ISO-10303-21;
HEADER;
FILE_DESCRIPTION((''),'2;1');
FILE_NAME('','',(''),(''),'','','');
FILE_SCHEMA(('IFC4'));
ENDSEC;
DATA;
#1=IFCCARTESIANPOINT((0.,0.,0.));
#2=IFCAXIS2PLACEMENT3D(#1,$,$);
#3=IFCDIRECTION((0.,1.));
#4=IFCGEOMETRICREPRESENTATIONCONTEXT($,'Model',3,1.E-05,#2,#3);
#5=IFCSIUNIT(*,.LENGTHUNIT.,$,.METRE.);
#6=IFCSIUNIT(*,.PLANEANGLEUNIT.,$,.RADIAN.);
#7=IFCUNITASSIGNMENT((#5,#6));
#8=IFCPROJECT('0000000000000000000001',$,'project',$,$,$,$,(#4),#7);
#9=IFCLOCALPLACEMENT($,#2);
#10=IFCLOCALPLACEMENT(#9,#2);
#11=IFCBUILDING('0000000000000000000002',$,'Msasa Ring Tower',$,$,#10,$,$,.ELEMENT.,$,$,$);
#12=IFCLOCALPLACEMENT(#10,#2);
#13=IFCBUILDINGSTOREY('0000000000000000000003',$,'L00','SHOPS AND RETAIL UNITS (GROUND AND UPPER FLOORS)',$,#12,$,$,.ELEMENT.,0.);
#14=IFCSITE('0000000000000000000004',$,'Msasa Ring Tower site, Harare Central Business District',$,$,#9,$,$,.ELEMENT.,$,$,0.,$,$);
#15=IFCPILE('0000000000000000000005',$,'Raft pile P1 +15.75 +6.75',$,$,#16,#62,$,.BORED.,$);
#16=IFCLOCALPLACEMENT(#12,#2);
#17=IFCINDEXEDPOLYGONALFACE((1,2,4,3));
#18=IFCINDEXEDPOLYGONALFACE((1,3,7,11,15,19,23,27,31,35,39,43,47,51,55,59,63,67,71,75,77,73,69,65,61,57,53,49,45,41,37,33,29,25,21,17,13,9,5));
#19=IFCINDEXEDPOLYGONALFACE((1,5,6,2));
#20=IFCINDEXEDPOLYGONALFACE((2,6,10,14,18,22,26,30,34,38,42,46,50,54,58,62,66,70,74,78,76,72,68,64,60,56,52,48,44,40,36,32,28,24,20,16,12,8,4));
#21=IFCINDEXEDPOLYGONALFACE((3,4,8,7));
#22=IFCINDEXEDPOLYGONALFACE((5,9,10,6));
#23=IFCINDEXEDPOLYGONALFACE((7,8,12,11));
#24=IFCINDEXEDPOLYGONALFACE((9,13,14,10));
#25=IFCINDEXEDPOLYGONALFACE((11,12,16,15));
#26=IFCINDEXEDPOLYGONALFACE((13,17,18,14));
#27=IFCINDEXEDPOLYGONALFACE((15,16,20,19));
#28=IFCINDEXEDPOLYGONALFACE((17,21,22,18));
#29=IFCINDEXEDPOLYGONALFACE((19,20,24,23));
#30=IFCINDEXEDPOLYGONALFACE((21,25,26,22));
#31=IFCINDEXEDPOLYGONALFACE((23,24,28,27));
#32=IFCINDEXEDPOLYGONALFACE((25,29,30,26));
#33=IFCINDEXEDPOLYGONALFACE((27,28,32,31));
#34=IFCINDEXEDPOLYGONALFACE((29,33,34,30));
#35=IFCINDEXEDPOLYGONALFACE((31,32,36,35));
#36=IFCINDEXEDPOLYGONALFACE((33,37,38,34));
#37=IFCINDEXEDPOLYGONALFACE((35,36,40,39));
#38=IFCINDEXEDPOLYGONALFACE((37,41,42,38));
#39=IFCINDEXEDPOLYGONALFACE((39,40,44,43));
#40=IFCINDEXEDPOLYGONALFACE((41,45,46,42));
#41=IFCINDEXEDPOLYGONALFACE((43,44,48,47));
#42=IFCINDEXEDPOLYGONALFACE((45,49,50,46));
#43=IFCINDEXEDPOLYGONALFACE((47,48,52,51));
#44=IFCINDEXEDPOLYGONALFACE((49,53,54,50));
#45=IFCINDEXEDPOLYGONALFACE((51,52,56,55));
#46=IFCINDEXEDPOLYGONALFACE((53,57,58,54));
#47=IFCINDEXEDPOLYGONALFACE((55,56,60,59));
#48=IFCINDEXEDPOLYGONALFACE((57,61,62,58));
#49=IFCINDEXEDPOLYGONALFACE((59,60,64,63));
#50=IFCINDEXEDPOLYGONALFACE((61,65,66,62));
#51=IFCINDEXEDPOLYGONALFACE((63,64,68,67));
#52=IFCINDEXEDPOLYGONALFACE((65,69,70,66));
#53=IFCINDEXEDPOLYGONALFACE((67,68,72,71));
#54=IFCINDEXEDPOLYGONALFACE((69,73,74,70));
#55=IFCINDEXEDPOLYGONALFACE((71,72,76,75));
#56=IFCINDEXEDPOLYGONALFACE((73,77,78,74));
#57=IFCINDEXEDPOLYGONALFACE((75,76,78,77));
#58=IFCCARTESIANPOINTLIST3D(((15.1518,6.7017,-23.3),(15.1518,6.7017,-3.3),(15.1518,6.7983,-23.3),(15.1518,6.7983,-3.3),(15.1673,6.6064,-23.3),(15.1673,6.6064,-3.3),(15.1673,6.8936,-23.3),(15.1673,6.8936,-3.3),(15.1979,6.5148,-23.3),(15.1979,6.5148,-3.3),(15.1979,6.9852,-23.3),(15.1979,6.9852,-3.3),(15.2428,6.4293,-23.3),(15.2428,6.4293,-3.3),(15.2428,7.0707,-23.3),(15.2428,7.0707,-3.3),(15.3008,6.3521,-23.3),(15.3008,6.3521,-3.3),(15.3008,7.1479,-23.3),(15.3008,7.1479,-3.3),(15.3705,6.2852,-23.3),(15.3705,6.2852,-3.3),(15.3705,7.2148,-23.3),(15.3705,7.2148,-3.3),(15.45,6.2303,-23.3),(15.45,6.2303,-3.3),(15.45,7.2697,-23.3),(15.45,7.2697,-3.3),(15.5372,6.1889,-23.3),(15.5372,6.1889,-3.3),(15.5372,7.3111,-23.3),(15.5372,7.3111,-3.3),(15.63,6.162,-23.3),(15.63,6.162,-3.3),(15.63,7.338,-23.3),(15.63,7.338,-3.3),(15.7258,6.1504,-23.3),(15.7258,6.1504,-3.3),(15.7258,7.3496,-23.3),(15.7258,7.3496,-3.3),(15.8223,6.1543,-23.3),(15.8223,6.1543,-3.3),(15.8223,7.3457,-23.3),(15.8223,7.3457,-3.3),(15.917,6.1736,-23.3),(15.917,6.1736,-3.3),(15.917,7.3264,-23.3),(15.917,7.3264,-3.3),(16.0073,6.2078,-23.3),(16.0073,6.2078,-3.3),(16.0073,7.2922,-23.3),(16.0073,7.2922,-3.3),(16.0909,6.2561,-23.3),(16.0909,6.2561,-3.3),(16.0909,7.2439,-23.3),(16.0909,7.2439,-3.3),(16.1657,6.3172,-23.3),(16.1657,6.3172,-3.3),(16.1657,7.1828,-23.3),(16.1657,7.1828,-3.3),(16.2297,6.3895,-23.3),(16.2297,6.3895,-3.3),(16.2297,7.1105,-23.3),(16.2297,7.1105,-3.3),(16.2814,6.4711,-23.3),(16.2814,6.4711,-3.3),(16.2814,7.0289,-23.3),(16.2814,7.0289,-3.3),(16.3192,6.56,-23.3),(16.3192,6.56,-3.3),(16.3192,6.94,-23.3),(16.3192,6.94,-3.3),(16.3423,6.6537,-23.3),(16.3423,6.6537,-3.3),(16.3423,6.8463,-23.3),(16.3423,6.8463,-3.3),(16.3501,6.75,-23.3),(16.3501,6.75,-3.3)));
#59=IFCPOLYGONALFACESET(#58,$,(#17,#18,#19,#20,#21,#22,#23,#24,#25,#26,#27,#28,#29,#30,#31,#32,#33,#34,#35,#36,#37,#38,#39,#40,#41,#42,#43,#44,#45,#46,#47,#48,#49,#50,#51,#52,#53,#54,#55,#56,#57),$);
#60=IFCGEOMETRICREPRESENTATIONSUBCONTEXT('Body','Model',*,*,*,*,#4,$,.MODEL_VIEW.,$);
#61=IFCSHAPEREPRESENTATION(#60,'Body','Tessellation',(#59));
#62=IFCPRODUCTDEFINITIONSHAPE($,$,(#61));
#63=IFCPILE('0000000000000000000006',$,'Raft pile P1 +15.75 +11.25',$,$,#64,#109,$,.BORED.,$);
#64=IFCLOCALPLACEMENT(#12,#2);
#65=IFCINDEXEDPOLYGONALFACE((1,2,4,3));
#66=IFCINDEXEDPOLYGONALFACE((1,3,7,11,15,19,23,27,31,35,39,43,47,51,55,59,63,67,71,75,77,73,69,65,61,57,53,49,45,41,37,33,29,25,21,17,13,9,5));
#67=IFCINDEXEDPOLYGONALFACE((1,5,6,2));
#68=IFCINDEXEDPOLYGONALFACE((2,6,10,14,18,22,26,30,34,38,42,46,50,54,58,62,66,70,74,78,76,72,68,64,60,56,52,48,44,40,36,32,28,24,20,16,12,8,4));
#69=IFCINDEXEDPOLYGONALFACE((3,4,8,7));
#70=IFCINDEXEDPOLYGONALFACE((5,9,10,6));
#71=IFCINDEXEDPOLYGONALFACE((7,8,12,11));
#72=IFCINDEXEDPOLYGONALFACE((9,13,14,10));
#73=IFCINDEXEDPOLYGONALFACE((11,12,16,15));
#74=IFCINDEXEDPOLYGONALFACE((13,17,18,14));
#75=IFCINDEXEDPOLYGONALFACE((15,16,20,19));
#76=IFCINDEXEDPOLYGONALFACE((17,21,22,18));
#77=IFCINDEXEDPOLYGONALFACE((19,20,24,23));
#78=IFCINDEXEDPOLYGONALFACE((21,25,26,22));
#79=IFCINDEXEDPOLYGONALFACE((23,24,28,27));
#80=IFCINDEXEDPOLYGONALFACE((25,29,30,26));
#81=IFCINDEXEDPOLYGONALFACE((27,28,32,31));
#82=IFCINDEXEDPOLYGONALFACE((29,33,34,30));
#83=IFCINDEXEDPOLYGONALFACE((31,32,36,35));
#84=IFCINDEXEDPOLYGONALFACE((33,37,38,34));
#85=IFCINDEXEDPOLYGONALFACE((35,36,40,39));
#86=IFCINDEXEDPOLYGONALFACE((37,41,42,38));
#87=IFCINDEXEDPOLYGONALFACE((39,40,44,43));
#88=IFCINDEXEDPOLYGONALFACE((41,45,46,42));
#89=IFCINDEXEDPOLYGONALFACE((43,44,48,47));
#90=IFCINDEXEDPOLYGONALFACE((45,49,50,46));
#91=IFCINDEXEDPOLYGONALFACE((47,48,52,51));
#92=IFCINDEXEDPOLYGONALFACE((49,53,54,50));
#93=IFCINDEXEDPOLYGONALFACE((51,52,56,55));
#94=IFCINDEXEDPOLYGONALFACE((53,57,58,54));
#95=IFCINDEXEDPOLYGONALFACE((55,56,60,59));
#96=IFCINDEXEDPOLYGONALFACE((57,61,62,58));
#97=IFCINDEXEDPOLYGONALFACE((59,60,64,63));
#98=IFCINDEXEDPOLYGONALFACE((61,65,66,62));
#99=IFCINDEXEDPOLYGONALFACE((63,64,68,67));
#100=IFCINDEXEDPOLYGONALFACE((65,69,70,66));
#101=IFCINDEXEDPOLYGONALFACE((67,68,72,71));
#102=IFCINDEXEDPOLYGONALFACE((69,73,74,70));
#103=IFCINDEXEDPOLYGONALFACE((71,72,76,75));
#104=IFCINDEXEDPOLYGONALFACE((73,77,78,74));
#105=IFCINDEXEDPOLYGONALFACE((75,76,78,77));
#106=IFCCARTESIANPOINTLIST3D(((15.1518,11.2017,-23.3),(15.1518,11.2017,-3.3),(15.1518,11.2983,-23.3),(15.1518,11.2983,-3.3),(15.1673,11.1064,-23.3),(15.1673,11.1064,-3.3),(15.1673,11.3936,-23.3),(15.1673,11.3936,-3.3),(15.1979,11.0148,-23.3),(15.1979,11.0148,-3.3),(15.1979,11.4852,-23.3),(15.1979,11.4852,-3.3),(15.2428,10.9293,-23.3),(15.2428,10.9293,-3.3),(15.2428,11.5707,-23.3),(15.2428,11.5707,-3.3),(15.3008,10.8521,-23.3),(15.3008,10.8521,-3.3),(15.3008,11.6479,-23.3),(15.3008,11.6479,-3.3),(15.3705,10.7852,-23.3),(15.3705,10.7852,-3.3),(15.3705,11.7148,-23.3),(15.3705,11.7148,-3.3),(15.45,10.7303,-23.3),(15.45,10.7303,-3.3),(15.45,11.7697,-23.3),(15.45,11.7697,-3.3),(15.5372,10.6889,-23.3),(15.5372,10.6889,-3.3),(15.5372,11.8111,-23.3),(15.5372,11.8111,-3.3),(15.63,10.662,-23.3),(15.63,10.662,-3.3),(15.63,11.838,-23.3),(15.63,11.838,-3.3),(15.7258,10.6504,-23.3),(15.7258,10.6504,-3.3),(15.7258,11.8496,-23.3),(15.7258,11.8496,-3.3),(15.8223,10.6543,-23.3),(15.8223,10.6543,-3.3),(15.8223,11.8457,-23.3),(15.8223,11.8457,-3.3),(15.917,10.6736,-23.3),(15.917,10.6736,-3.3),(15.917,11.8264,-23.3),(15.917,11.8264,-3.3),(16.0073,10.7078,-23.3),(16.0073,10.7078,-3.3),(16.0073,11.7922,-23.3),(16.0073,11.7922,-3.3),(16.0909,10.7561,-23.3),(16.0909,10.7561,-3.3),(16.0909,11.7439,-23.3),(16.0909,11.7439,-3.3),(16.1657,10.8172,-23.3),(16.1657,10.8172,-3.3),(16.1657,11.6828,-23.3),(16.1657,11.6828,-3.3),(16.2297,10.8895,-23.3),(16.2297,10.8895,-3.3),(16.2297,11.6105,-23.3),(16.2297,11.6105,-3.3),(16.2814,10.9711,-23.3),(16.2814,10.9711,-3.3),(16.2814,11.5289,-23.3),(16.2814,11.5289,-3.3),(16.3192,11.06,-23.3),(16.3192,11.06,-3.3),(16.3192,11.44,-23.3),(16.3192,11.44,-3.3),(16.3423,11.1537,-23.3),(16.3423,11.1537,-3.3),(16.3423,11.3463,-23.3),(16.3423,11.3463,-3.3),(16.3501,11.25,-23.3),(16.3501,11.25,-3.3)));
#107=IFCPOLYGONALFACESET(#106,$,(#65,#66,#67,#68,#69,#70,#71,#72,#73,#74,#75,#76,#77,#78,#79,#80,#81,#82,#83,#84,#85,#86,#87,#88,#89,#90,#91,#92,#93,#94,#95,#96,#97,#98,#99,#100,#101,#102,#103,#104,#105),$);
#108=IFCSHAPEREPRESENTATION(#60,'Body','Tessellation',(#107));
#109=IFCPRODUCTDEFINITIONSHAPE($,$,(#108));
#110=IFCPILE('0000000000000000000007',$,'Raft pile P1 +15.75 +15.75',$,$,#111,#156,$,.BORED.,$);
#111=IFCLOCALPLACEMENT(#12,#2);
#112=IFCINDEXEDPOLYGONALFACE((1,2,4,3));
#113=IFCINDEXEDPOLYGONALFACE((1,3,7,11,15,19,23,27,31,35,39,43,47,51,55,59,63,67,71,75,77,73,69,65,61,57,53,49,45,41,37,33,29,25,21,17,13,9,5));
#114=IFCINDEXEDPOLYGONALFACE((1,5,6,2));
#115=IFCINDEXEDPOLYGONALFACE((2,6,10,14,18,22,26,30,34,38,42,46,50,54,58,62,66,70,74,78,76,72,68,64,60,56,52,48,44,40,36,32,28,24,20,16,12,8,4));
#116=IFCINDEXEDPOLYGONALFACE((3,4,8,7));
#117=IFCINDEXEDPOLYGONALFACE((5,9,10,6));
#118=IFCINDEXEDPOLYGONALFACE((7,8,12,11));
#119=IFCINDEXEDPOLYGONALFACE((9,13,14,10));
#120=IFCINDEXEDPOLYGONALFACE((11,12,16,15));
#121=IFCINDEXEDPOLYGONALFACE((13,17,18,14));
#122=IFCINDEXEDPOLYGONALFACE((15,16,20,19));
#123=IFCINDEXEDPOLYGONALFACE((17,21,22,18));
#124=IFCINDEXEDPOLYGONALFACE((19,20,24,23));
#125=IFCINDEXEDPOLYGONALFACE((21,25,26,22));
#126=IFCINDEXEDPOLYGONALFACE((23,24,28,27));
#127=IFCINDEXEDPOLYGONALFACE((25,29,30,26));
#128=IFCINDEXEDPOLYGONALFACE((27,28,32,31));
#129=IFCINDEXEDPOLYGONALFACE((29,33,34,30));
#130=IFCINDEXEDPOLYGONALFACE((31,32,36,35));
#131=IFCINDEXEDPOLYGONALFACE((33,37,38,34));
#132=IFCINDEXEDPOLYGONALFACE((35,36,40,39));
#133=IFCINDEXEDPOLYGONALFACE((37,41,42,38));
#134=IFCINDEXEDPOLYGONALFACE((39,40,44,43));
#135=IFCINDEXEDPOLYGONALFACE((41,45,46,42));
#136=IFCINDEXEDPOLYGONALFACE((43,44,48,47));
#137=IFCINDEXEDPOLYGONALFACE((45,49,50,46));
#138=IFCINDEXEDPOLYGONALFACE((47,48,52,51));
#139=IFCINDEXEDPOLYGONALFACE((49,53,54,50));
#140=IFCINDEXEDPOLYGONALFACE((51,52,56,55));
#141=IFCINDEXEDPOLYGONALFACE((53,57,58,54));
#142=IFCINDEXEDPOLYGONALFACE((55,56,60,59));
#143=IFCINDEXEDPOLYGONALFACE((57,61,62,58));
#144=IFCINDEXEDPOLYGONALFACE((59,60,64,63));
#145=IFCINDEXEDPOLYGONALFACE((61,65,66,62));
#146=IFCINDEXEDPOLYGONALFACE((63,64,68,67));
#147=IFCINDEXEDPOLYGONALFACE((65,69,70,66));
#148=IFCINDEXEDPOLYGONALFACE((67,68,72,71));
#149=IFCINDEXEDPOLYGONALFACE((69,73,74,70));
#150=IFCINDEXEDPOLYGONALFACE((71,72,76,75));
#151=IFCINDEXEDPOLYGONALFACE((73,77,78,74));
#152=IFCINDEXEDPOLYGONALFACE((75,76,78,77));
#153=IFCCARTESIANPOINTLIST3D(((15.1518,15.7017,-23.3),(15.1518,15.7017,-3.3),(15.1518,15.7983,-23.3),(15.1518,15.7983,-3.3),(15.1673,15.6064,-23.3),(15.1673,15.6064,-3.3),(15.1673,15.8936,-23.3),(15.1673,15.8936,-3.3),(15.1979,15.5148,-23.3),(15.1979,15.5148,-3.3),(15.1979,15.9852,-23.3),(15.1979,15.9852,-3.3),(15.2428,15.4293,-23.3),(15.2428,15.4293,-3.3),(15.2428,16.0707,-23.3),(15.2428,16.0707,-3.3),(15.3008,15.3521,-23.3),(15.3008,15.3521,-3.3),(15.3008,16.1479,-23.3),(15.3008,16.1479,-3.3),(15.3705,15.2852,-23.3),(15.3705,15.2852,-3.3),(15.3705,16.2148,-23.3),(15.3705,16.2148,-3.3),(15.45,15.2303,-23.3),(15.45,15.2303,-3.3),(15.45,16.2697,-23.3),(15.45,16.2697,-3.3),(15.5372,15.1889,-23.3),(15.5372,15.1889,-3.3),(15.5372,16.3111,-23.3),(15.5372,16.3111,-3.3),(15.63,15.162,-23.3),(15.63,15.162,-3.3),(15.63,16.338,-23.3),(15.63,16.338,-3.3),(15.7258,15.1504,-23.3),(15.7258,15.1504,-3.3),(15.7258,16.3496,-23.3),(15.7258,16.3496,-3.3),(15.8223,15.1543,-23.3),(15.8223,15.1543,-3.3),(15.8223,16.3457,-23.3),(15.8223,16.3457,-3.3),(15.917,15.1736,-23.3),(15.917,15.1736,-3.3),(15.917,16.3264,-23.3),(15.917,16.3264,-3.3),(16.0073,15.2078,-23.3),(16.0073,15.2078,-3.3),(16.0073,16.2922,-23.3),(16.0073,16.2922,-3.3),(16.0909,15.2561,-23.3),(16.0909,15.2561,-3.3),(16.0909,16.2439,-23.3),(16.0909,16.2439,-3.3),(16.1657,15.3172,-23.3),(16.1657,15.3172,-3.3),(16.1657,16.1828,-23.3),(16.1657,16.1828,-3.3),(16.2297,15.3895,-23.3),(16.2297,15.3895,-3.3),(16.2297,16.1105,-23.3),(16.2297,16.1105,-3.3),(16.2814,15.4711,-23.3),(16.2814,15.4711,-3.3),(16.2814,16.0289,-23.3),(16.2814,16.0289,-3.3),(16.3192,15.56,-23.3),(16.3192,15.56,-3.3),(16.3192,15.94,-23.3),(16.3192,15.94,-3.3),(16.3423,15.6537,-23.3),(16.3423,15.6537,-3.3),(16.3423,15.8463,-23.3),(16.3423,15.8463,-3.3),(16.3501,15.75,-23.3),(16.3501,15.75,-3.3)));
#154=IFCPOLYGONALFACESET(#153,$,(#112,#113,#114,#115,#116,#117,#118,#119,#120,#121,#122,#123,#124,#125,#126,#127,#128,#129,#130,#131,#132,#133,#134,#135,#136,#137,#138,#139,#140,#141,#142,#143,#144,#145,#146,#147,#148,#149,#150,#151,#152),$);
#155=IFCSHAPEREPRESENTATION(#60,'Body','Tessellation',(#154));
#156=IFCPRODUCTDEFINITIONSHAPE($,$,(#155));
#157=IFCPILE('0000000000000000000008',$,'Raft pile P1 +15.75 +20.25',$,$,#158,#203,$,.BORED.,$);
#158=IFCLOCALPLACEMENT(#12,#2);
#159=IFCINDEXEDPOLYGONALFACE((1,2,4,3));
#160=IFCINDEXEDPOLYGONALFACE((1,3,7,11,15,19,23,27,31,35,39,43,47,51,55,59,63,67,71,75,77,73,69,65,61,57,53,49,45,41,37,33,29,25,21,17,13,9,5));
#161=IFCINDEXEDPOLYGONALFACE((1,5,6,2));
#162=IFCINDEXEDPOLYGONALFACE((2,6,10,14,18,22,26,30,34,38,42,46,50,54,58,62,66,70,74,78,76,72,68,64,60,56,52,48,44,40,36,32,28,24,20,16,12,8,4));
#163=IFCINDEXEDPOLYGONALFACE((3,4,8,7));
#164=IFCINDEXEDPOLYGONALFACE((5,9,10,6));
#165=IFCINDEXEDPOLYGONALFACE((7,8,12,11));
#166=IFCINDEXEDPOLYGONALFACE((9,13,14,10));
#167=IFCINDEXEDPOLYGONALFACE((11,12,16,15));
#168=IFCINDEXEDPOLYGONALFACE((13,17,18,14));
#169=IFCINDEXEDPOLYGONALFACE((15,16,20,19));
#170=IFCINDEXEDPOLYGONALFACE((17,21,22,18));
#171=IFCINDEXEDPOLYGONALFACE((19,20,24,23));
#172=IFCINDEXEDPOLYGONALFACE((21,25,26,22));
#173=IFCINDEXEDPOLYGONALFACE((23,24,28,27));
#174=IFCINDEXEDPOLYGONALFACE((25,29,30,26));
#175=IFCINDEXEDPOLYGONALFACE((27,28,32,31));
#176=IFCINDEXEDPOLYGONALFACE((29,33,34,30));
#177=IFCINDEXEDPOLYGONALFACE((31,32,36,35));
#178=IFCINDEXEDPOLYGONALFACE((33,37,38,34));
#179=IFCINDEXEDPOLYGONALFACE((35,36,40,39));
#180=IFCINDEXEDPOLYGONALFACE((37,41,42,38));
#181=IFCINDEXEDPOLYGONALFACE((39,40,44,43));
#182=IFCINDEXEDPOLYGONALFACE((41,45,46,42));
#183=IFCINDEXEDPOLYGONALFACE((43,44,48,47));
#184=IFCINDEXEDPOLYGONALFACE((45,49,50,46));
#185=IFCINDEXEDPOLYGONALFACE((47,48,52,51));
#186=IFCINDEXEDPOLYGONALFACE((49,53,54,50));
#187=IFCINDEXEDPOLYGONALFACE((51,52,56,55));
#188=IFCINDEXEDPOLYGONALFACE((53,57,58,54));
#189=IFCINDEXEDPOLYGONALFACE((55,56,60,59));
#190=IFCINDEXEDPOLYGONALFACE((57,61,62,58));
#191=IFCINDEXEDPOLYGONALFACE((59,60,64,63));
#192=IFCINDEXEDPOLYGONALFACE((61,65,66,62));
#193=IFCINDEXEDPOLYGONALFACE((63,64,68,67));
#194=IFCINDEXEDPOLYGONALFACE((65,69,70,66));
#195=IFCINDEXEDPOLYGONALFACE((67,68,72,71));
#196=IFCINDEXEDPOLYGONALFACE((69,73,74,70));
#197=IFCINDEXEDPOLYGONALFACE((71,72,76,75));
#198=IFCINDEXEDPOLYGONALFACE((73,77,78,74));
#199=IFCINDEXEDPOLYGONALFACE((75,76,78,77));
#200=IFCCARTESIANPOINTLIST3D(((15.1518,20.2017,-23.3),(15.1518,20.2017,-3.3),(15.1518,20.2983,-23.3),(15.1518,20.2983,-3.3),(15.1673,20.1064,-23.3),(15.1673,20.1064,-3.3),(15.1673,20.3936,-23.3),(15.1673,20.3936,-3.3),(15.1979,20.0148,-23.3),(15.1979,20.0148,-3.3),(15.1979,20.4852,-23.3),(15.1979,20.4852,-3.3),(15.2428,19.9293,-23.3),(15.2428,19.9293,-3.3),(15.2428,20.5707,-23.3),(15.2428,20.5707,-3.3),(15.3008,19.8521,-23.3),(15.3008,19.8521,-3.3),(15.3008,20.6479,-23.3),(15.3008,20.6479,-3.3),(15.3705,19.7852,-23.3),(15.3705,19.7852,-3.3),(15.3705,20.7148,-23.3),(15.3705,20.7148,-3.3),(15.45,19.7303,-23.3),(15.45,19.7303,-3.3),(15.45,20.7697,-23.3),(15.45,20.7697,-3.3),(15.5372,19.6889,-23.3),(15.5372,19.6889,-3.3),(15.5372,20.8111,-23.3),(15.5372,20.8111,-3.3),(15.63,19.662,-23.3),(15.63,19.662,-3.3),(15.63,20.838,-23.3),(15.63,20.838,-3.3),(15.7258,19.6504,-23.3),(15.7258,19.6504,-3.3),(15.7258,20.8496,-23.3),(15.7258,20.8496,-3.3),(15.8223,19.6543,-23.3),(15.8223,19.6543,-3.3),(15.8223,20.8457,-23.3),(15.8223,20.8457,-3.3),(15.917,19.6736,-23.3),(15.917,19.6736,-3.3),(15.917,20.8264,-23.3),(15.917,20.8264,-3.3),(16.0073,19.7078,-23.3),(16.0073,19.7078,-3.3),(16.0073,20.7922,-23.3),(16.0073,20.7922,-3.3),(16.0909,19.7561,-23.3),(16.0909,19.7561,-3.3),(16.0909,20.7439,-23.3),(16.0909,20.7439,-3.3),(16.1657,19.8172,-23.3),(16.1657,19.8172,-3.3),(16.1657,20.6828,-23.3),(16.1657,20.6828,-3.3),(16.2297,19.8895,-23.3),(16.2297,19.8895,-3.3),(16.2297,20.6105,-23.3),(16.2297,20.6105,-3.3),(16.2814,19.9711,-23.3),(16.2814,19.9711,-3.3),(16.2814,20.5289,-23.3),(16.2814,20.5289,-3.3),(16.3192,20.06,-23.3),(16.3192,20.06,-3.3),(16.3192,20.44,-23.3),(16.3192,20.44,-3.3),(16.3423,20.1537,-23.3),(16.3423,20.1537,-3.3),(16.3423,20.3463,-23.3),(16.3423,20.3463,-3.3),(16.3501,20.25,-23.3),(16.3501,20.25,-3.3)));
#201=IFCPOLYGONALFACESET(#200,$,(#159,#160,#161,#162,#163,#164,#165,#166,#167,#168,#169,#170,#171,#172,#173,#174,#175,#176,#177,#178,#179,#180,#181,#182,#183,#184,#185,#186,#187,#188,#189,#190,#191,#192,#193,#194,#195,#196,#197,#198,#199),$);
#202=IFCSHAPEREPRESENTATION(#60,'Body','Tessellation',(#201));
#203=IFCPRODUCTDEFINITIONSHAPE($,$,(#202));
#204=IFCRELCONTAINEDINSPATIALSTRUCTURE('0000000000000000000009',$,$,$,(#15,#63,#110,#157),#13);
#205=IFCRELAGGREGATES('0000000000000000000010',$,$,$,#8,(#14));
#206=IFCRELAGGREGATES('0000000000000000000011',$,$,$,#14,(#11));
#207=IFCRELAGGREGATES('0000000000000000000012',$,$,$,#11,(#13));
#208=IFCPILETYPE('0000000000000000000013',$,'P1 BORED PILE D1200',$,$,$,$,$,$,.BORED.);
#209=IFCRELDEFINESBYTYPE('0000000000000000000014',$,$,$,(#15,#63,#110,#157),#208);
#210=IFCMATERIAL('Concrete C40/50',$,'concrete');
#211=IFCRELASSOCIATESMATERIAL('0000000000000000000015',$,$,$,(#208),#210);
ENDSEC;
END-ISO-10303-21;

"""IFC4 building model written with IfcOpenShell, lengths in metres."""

from ifc_helpers import new_model, si_unit, direction, frame, origin, origin_2d, place, context, subcontext, project, spatial, circle, extrude, material, material_profile, profile_set, type_object, element, save


model = new_model("IFC4")

# Units and contexts
model_context = context("Model", 3, precision=1e-05, world=origin(), true_north=direction((0.0, 1.0)))
body_context = subcontext(model_context, "Body", "Model", "MODEL_VIEW")
ifc_project = project(units=[si_unit("LENGTHUNIT", "METRE"), si_unit("PLANEANGLEUNIT", "RADIAN")], contexts=[model_context])

# Site, building, storey
site_placement = place(None, origin())
site = spatial("IfcSite", under=ifc_project, at=site_placement, Name="Msasa Ring Tower site, Harare Central Business District", CompositionType="ELEMENT", RefElevation=0.0)
building_placement = place(site_placement, origin())
building = spatial("IfcBuilding", under=site, at=building_placement, Name="Msasa Ring Tower", CompositionType="ELEMENT")
storey_placement = place(building_placement, origin())
storey = spatial("IfcBuildingStorey", under=building, at=storey_placement, Name="L00", Description="SHOPS AND RETAIL UNITS (GROUND AND UPPER FLOORS)", CompositionType="ELEMENT", Elevation=0.0)

# Piles
ifc_material_1 = material(Name="Concrete C40/50", Category="concrete")
ifc_material_profile_1 = material_profile(ifc_material_1, circle(Radius=0.6001, at=origin_2d()), Name="D1200")
ifc_profile_set_1 = profile_set([ifc_material_profile_1], Name="Concrete C40/50")
pile_type = type_object("IfcPileType", Name="P1 BORED PILE D1200", PredefinedType="BORED", material=ifc_profile_set_1)
for number, where, z_axis, x_axis, name in (
    (1, (15.75, 6.75, -3.3), (0.0, 0.0, -1.0), (1.0, 0.0, 0.0), "Raft pile P1 +15.75 +6.75"),
    (2, (15.75, 11.25, -3.3), (0.0, 0.0, -1.0), (1.0, 0.0, 0.0), "Raft pile P1 +15.75 +11.25"),
    (3, (15.75, 15.75, -3.3), (0.0, 0.0, -1.0), (1.0, 0.0, 0.0), "Raft pile P1 +15.75 +15.75"),
    (4, (15.75, 20.25, -3.3), (0.0, 0.0, -1.0), (1.0, 0.0, 0.0), "Raft pile P1 +15.75 +20.25"),
):
    element("IfcPile", number, at=place(storey_placement, frame(where, z_axis=z_axis, x_axis=x_axis)), inside=storey, type_object=pile_type, Name=name, PredefinedType="BORED", context=body_context, shape_type="SweptSolid", body=[
        extrude(circle(Radius=0.6001, at=origin_2d()), origin(), (0.0, 0.0, 1.0), 20.0),
    ])

save(model, "model.ifc")
